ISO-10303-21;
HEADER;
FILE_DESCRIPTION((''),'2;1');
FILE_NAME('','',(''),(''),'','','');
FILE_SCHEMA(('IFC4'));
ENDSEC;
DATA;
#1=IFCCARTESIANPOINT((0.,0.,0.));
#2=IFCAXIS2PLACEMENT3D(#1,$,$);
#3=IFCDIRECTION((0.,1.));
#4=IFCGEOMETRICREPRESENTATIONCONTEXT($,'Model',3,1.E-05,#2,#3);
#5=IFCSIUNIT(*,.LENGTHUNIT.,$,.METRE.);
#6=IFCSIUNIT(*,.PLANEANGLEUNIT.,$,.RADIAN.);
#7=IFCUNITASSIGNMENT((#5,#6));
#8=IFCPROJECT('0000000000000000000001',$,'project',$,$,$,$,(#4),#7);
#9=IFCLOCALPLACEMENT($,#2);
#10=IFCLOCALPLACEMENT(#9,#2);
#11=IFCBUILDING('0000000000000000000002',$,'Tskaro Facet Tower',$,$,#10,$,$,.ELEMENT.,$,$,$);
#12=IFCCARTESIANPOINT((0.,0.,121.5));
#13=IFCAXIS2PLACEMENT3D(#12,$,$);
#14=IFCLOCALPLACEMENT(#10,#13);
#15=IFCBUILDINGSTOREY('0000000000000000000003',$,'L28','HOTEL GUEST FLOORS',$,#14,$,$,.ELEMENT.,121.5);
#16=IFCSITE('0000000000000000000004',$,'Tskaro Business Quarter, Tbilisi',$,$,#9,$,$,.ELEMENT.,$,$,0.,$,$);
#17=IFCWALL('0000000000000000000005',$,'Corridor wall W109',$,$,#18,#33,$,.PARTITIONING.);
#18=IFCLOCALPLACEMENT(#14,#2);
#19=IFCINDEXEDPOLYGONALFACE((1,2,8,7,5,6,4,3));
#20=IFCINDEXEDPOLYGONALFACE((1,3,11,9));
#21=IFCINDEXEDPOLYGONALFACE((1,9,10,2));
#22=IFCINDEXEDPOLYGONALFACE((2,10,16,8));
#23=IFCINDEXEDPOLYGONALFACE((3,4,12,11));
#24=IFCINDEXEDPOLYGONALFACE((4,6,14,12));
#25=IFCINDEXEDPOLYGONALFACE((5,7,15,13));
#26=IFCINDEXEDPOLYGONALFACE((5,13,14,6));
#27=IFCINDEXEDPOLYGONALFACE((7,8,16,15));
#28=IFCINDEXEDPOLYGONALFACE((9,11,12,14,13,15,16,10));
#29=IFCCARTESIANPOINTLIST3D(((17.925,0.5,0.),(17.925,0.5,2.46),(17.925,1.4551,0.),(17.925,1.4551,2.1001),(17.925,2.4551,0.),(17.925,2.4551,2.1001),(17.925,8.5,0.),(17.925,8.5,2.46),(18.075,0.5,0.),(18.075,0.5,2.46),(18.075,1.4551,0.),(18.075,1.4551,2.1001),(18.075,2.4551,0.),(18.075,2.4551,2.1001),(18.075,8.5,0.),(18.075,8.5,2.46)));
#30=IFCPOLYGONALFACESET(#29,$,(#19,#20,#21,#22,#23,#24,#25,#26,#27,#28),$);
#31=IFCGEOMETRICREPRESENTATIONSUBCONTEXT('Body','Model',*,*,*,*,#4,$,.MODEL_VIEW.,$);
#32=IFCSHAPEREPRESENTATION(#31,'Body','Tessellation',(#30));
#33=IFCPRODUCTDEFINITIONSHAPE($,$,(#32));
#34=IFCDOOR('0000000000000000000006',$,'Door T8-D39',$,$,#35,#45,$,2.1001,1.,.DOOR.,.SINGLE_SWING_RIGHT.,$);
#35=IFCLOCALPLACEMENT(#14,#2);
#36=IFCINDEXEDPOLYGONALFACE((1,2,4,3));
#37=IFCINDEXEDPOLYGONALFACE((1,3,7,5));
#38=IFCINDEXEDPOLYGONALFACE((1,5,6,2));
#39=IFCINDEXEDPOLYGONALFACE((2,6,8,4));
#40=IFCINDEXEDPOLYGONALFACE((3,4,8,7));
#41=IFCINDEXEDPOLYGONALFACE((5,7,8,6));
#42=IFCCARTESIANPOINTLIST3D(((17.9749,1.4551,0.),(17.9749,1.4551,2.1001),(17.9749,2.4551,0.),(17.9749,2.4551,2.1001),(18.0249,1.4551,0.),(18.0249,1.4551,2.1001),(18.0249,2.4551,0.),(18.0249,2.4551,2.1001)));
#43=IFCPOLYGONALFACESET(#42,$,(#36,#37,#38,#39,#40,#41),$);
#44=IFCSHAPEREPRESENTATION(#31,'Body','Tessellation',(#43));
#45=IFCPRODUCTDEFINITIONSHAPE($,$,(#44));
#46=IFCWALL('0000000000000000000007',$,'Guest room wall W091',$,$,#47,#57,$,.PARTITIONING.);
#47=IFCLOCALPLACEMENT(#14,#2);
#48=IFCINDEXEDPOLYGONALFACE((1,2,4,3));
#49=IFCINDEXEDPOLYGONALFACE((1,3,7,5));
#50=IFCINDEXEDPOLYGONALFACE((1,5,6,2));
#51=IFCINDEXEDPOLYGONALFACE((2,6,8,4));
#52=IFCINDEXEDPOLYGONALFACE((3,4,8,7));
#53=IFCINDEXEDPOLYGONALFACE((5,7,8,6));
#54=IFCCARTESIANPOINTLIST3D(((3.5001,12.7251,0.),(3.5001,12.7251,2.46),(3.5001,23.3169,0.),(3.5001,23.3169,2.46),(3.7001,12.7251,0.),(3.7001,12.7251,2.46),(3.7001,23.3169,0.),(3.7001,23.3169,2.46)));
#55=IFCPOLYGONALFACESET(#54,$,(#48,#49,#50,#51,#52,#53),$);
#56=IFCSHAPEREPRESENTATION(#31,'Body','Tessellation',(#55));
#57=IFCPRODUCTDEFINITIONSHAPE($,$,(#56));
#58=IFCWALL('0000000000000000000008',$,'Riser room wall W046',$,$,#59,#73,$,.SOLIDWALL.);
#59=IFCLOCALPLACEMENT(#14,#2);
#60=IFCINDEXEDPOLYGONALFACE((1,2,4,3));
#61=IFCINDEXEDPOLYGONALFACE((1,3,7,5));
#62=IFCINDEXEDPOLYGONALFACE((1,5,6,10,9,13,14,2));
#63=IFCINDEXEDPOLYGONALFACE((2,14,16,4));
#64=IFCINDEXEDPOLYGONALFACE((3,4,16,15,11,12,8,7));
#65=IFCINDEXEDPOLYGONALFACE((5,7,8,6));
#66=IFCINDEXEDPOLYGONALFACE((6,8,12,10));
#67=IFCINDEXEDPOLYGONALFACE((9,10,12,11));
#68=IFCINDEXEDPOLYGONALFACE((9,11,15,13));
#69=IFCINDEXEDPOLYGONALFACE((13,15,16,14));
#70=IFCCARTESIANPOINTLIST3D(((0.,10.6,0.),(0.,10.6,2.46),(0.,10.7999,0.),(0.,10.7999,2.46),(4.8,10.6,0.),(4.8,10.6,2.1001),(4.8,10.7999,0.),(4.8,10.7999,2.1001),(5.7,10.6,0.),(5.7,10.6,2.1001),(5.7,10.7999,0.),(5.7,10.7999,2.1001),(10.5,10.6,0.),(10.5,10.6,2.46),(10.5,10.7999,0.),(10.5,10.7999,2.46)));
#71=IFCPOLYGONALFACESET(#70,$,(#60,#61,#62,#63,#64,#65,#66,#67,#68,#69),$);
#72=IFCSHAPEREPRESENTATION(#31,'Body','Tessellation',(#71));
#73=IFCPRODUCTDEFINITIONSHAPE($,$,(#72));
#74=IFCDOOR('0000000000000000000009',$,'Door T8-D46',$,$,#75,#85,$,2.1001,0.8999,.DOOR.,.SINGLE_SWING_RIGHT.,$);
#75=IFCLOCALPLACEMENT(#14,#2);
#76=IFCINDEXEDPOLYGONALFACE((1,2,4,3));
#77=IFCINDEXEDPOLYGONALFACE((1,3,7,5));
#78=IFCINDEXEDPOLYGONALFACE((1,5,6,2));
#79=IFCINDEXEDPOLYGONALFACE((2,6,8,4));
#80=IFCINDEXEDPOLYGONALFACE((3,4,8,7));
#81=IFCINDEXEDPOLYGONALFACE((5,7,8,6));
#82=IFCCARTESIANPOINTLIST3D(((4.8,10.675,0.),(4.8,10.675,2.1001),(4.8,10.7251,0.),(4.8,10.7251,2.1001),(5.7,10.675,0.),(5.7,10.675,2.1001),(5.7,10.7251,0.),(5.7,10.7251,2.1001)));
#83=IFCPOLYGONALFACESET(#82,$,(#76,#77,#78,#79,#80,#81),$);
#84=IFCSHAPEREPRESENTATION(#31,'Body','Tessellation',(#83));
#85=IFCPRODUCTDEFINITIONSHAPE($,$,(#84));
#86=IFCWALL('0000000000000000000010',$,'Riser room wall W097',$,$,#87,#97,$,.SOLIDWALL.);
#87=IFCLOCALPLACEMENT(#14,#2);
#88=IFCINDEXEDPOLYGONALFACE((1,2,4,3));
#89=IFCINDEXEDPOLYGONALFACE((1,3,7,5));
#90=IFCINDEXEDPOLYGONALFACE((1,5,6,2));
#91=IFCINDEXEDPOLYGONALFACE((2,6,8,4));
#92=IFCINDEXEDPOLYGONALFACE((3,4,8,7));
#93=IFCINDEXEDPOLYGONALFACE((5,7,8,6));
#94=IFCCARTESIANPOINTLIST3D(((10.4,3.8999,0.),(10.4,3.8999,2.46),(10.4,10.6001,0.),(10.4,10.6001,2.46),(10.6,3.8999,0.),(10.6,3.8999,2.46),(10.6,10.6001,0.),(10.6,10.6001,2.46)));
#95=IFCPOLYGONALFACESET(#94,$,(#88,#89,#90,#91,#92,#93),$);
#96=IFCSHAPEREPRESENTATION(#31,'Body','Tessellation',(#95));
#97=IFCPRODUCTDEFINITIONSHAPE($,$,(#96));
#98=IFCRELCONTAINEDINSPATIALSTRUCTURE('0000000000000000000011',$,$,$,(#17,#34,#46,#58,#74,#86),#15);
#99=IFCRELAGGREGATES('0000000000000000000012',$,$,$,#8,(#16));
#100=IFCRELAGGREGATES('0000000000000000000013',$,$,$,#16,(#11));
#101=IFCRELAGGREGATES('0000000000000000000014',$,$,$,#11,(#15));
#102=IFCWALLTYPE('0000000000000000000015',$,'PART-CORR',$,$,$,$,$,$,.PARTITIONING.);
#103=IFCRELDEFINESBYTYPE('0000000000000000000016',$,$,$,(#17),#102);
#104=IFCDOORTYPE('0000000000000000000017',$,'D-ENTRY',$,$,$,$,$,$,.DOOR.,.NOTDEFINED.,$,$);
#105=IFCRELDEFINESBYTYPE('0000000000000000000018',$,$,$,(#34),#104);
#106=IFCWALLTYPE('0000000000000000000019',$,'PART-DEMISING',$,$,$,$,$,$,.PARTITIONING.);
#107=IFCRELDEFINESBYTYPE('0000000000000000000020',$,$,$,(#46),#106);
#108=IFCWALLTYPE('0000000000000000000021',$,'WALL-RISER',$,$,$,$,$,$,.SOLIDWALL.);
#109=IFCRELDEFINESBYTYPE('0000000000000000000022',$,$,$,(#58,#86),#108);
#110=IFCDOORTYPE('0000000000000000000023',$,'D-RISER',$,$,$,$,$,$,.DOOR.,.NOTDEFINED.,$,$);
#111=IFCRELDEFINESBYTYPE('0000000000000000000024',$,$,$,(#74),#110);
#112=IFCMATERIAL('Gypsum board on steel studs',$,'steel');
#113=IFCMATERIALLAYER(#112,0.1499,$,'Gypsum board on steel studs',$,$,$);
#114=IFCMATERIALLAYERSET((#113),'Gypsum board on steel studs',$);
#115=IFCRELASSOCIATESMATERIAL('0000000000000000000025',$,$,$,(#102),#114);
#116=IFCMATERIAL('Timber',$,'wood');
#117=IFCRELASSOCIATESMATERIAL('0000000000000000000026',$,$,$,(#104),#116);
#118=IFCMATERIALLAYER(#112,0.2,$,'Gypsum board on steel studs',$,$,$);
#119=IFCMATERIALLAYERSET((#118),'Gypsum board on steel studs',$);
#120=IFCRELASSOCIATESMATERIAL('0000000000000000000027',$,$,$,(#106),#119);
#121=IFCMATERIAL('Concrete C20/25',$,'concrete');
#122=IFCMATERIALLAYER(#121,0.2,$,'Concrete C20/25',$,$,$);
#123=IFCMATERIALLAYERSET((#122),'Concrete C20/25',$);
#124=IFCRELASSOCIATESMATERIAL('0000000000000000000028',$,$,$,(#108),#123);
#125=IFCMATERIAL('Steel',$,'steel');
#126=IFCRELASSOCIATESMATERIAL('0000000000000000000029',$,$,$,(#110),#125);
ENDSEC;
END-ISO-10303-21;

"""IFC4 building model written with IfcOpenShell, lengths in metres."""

from ifc_helpers import new_model, si_unit, direction, frame, frame_2d, origin, place, context, subcontext, project, spatial, rectangle, extrude, material, layer, layer_set, type_object, element, fill, save


model = new_model("IFC4")

# Units and contexts
model_context = context("Model", 3, precision=1e-05, world=origin(), true_north=direction((0.0, 1.0)))
body_context = subcontext(model_context, "Body", "Model", "MODEL_VIEW")
ifc_project = project(units=[si_unit("LENGTHUNIT", "METRE"), si_unit("PLANEANGLEUNIT", "RADIAN")], contexts=[model_context])

# Site, building, storey
site_placement = place(None, origin())
site = spatial("IfcSite", under=ifc_project, at=site_placement, Name="Tskaro Business Quarter, Tbilisi", CompositionType="ELEMENT", RefElevation=0.0)
building_placement = place(site_placement, origin())
building = spatial("IfcBuilding", under=site, at=building_placement, Name="Tskaro Facet Tower", CompositionType="ELEMENT")
storey_placement = place(building_placement, frame((0.0, 0.0, 121.5)))
storey = spatial("IfcBuildingStorey", under=building, at=storey_placement, Name="L28", Description="HOTEL GUEST FLOORS", CompositionType="ELEMENT", Elevation=121.5)

# Shared definitions
ifc_material_1 = material(Name="Gypsum board on steel studs", Category="steel")

# Shared definitions
ifc_layer_1 = layer(ifc_material_1, 0.1499, Name="Gypsum board on steel studs")
ifc_layer_set_1 = layer_set([ifc_layer_1], Name="Gypsum board on steel studs")
wall_type_1 = type_object("IfcWallType", Name="PART-CORR", PredefinedType="PARTITIONING", material=ifc_layer_set_1)
ifc_material_2 = material(Name="Timber", Category="wood")

# Shared definitions
door_type_1 = type_object("IfcDoorType", Name="D-ENTRY", OperationType="NOTDEFINED", PredefinedType="DOOR", material=ifc_material_2)

# Wall, opening, door
wall_1_placement = place(storey_placement, frame((18.0, 8.5, 0.0), z_axis=(0.0, 0.0, 1.0), x_axis=(0.0, -1.0, 0.0)))
wall_1 = element("IfcWall", 1, at=wall_1_placement, inside=storey, type_object=wall_type_1, Name="Corridor wall W109", PredefinedType="PARTITIONING", context=body_context, shape_type="SweptSolid", body=[
    extrude(rectangle(XDim=8.0, YDim=0.1499, at=frame_2d((4.0, 0.0))), origin(), (0.0, 0.0, 1.0), 2.46),
])
opening_1_placement = place(wall_1_placement, frame((6.0449, 0.0, 0.0)))
opening_1 = element("IfcOpeningElement", 2, at=opening_1_placement, cuts=wall_1, PredefinedType="OPENING", context=body_context, shape_type="SweptSolid", body=[
    extrude(rectangle(XDim=1.0, YDim=2.1001, at=frame_2d((0.5, 1.05))), frame((0.0, 0.085, 0.0), z_axis=(0.0, -1.0, 0.0), x_axis=(1.0, 0.0, 0.0)), (0.0, 0.0, 1.0), 0.1699),
])
door_1_placement = place(opening_1_placement, origin())
door_1 = element("IfcDoor", 3, at=door_1_placement, inside=storey, type_object=door_type_1, Name="Door T8-D39", OperationType="SINGLE_SWING_RIGHT", OverallHeight=2.1001, OverallWidth=1.0, PredefinedType="DOOR", context=body_context, shape_type="SweptSolid", body=[
    extrude(rectangle(XDim=1.0, YDim=2.1001, at=frame_2d((0.5, 1.05))), frame((0.0, 0.0249, 0.0), z_axis=(0.0, -1.0, 0.0), x_axis=(1.0, 0.0, 0.0)), (0.0, 0.0, 1.0), 0.05),
])
fill(opening_1, door_1)

# Wall
ifc_layer_2 = layer(ifc_material_1, 0.2, Name="Gypsum board on steel studs")
ifc_layer_set_2 = layer_set([ifc_layer_2], Name="Gypsum board on steel studs")
wall_type_2 = type_object("IfcWallType", Name="PART-DEMISING", PredefinedType="PARTITIONING", material=ifc_layer_set_2)
wall_2_placement = place(storey_placement, frame((3.6001, 12.7251, 0.0), z_axis=(0.0, 0.0, 1.0), x_axis=(0.0, 1.0, 0.0)))
element("IfcWall", 4, at=wall_2_placement, inside=storey, type_object=wall_type_2, Name="Guest room wall W091", PredefinedType="PARTITIONING", context=body_context, shape_type="SweptSolid", body=[
    extrude(rectangle(XDim=10.5918, YDim=0.2, at=frame_2d((5.2959, 0.0))), origin(), (0.0, 0.0, 1.0), 2.46),
])

# Wall, opening, door
ifc_material_3 = material(Name="Concrete C20/25", Category="concrete")
ifc_layer_3 = layer(ifc_material_3, 0.2, Name="Concrete C20/25")
ifc_layer_set_3 = layer_set([ifc_layer_3], Name="Concrete C20/25")
wall_type_3 = type_object("IfcWallType", Name="WALL-RISER", PredefinedType="SOLIDWALL", material=ifc_layer_set_3)
wall_3_placement = place(storey_placement, frame((10.5, 10.7, 0.0), z_axis=(0.0, 0.0, 1.0), x_axis=(-1.0, 0.0, 0.0)))
wall_3 = element("IfcWall", 5, at=wall_3_placement, inside=storey, type_object=wall_type_3, Name="Riser room wall W046", PredefinedType="SOLIDWALL", context=body_context, shape_type="SweptSolid", body=[
    extrude(rectangle(XDim=10.5, YDim=0.2, at=frame_2d((5.25, 0.0))), origin(), (0.0, 0.0, 1.0), 2.46),
])
opening_2_placement = place(wall_3_placement, frame((4.8, 0.0, 0.0)))
opening_2 = element("IfcOpeningElement", 6, at=opening_2_placement, cuts=wall_3, PredefinedType="OPENING", context=body_context, shape_type="SweptSolid", body=[
    extrude(rectangle(XDim=0.8999, YDim=2.1001, at=frame_2d((0.45, 1.05))), frame((0.0, 0.1099, 0.0), z_axis=(0.0, -1.0, 0.0), x_axis=(1.0, 0.0, 0.0)), (0.0, 0.0, 1.0), 0.22),
])
ifc_material_4 = material(Name="Steel", Category="steel")
door_type_2 = type_object("IfcDoorType", Name="D-RISER", OperationType="NOTDEFINED", PredefinedType="DOOR", material=ifc_material_4)
door_2_placement = place(opening_2_placement, origin())
door_2 = element("IfcDoor", 7, at=door_2_placement, inside=storey, type_object=door_type_2, Name="Door T8-D46", OperationType="SINGLE_SWING_RIGHT", OverallHeight=2.1001, OverallWidth=0.8999, PredefinedType="DOOR", context=body_context, shape_type="SweptSolid", body=[
    extrude(rectangle(XDim=0.8999, YDim=2.1001, at=frame_2d((0.45, 1.05))), frame((0.0, 0.0249, 0.0), z_axis=(0.0, -1.0, 0.0), x_axis=(1.0, 0.0, 0.0)), (0.0, 0.0, 1.0), 0.05),
])
fill(opening_2, door_2)

# Wall
wall_4_placement = place(storey_placement, frame((10.5, 3.8999, 0.0), z_axis=(0.0, 0.0, 1.0), x_axis=(0.0, 1.0, 0.0)))
element("IfcWall", 8, at=wall_4_placement, inside=storey, type_object=wall_type_3, Name="Riser room wall W097", PredefinedType="SOLIDWALL", context=body_context, shape_type="SweptSolid", body=[
    extrude(rectangle(XDim=6.7002, YDim=0.2, at=frame_2d((3.3501, 0.0))), origin(), (0.0, 0.0, 1.0), 2.46),
])

save(model, "model.ifc")
